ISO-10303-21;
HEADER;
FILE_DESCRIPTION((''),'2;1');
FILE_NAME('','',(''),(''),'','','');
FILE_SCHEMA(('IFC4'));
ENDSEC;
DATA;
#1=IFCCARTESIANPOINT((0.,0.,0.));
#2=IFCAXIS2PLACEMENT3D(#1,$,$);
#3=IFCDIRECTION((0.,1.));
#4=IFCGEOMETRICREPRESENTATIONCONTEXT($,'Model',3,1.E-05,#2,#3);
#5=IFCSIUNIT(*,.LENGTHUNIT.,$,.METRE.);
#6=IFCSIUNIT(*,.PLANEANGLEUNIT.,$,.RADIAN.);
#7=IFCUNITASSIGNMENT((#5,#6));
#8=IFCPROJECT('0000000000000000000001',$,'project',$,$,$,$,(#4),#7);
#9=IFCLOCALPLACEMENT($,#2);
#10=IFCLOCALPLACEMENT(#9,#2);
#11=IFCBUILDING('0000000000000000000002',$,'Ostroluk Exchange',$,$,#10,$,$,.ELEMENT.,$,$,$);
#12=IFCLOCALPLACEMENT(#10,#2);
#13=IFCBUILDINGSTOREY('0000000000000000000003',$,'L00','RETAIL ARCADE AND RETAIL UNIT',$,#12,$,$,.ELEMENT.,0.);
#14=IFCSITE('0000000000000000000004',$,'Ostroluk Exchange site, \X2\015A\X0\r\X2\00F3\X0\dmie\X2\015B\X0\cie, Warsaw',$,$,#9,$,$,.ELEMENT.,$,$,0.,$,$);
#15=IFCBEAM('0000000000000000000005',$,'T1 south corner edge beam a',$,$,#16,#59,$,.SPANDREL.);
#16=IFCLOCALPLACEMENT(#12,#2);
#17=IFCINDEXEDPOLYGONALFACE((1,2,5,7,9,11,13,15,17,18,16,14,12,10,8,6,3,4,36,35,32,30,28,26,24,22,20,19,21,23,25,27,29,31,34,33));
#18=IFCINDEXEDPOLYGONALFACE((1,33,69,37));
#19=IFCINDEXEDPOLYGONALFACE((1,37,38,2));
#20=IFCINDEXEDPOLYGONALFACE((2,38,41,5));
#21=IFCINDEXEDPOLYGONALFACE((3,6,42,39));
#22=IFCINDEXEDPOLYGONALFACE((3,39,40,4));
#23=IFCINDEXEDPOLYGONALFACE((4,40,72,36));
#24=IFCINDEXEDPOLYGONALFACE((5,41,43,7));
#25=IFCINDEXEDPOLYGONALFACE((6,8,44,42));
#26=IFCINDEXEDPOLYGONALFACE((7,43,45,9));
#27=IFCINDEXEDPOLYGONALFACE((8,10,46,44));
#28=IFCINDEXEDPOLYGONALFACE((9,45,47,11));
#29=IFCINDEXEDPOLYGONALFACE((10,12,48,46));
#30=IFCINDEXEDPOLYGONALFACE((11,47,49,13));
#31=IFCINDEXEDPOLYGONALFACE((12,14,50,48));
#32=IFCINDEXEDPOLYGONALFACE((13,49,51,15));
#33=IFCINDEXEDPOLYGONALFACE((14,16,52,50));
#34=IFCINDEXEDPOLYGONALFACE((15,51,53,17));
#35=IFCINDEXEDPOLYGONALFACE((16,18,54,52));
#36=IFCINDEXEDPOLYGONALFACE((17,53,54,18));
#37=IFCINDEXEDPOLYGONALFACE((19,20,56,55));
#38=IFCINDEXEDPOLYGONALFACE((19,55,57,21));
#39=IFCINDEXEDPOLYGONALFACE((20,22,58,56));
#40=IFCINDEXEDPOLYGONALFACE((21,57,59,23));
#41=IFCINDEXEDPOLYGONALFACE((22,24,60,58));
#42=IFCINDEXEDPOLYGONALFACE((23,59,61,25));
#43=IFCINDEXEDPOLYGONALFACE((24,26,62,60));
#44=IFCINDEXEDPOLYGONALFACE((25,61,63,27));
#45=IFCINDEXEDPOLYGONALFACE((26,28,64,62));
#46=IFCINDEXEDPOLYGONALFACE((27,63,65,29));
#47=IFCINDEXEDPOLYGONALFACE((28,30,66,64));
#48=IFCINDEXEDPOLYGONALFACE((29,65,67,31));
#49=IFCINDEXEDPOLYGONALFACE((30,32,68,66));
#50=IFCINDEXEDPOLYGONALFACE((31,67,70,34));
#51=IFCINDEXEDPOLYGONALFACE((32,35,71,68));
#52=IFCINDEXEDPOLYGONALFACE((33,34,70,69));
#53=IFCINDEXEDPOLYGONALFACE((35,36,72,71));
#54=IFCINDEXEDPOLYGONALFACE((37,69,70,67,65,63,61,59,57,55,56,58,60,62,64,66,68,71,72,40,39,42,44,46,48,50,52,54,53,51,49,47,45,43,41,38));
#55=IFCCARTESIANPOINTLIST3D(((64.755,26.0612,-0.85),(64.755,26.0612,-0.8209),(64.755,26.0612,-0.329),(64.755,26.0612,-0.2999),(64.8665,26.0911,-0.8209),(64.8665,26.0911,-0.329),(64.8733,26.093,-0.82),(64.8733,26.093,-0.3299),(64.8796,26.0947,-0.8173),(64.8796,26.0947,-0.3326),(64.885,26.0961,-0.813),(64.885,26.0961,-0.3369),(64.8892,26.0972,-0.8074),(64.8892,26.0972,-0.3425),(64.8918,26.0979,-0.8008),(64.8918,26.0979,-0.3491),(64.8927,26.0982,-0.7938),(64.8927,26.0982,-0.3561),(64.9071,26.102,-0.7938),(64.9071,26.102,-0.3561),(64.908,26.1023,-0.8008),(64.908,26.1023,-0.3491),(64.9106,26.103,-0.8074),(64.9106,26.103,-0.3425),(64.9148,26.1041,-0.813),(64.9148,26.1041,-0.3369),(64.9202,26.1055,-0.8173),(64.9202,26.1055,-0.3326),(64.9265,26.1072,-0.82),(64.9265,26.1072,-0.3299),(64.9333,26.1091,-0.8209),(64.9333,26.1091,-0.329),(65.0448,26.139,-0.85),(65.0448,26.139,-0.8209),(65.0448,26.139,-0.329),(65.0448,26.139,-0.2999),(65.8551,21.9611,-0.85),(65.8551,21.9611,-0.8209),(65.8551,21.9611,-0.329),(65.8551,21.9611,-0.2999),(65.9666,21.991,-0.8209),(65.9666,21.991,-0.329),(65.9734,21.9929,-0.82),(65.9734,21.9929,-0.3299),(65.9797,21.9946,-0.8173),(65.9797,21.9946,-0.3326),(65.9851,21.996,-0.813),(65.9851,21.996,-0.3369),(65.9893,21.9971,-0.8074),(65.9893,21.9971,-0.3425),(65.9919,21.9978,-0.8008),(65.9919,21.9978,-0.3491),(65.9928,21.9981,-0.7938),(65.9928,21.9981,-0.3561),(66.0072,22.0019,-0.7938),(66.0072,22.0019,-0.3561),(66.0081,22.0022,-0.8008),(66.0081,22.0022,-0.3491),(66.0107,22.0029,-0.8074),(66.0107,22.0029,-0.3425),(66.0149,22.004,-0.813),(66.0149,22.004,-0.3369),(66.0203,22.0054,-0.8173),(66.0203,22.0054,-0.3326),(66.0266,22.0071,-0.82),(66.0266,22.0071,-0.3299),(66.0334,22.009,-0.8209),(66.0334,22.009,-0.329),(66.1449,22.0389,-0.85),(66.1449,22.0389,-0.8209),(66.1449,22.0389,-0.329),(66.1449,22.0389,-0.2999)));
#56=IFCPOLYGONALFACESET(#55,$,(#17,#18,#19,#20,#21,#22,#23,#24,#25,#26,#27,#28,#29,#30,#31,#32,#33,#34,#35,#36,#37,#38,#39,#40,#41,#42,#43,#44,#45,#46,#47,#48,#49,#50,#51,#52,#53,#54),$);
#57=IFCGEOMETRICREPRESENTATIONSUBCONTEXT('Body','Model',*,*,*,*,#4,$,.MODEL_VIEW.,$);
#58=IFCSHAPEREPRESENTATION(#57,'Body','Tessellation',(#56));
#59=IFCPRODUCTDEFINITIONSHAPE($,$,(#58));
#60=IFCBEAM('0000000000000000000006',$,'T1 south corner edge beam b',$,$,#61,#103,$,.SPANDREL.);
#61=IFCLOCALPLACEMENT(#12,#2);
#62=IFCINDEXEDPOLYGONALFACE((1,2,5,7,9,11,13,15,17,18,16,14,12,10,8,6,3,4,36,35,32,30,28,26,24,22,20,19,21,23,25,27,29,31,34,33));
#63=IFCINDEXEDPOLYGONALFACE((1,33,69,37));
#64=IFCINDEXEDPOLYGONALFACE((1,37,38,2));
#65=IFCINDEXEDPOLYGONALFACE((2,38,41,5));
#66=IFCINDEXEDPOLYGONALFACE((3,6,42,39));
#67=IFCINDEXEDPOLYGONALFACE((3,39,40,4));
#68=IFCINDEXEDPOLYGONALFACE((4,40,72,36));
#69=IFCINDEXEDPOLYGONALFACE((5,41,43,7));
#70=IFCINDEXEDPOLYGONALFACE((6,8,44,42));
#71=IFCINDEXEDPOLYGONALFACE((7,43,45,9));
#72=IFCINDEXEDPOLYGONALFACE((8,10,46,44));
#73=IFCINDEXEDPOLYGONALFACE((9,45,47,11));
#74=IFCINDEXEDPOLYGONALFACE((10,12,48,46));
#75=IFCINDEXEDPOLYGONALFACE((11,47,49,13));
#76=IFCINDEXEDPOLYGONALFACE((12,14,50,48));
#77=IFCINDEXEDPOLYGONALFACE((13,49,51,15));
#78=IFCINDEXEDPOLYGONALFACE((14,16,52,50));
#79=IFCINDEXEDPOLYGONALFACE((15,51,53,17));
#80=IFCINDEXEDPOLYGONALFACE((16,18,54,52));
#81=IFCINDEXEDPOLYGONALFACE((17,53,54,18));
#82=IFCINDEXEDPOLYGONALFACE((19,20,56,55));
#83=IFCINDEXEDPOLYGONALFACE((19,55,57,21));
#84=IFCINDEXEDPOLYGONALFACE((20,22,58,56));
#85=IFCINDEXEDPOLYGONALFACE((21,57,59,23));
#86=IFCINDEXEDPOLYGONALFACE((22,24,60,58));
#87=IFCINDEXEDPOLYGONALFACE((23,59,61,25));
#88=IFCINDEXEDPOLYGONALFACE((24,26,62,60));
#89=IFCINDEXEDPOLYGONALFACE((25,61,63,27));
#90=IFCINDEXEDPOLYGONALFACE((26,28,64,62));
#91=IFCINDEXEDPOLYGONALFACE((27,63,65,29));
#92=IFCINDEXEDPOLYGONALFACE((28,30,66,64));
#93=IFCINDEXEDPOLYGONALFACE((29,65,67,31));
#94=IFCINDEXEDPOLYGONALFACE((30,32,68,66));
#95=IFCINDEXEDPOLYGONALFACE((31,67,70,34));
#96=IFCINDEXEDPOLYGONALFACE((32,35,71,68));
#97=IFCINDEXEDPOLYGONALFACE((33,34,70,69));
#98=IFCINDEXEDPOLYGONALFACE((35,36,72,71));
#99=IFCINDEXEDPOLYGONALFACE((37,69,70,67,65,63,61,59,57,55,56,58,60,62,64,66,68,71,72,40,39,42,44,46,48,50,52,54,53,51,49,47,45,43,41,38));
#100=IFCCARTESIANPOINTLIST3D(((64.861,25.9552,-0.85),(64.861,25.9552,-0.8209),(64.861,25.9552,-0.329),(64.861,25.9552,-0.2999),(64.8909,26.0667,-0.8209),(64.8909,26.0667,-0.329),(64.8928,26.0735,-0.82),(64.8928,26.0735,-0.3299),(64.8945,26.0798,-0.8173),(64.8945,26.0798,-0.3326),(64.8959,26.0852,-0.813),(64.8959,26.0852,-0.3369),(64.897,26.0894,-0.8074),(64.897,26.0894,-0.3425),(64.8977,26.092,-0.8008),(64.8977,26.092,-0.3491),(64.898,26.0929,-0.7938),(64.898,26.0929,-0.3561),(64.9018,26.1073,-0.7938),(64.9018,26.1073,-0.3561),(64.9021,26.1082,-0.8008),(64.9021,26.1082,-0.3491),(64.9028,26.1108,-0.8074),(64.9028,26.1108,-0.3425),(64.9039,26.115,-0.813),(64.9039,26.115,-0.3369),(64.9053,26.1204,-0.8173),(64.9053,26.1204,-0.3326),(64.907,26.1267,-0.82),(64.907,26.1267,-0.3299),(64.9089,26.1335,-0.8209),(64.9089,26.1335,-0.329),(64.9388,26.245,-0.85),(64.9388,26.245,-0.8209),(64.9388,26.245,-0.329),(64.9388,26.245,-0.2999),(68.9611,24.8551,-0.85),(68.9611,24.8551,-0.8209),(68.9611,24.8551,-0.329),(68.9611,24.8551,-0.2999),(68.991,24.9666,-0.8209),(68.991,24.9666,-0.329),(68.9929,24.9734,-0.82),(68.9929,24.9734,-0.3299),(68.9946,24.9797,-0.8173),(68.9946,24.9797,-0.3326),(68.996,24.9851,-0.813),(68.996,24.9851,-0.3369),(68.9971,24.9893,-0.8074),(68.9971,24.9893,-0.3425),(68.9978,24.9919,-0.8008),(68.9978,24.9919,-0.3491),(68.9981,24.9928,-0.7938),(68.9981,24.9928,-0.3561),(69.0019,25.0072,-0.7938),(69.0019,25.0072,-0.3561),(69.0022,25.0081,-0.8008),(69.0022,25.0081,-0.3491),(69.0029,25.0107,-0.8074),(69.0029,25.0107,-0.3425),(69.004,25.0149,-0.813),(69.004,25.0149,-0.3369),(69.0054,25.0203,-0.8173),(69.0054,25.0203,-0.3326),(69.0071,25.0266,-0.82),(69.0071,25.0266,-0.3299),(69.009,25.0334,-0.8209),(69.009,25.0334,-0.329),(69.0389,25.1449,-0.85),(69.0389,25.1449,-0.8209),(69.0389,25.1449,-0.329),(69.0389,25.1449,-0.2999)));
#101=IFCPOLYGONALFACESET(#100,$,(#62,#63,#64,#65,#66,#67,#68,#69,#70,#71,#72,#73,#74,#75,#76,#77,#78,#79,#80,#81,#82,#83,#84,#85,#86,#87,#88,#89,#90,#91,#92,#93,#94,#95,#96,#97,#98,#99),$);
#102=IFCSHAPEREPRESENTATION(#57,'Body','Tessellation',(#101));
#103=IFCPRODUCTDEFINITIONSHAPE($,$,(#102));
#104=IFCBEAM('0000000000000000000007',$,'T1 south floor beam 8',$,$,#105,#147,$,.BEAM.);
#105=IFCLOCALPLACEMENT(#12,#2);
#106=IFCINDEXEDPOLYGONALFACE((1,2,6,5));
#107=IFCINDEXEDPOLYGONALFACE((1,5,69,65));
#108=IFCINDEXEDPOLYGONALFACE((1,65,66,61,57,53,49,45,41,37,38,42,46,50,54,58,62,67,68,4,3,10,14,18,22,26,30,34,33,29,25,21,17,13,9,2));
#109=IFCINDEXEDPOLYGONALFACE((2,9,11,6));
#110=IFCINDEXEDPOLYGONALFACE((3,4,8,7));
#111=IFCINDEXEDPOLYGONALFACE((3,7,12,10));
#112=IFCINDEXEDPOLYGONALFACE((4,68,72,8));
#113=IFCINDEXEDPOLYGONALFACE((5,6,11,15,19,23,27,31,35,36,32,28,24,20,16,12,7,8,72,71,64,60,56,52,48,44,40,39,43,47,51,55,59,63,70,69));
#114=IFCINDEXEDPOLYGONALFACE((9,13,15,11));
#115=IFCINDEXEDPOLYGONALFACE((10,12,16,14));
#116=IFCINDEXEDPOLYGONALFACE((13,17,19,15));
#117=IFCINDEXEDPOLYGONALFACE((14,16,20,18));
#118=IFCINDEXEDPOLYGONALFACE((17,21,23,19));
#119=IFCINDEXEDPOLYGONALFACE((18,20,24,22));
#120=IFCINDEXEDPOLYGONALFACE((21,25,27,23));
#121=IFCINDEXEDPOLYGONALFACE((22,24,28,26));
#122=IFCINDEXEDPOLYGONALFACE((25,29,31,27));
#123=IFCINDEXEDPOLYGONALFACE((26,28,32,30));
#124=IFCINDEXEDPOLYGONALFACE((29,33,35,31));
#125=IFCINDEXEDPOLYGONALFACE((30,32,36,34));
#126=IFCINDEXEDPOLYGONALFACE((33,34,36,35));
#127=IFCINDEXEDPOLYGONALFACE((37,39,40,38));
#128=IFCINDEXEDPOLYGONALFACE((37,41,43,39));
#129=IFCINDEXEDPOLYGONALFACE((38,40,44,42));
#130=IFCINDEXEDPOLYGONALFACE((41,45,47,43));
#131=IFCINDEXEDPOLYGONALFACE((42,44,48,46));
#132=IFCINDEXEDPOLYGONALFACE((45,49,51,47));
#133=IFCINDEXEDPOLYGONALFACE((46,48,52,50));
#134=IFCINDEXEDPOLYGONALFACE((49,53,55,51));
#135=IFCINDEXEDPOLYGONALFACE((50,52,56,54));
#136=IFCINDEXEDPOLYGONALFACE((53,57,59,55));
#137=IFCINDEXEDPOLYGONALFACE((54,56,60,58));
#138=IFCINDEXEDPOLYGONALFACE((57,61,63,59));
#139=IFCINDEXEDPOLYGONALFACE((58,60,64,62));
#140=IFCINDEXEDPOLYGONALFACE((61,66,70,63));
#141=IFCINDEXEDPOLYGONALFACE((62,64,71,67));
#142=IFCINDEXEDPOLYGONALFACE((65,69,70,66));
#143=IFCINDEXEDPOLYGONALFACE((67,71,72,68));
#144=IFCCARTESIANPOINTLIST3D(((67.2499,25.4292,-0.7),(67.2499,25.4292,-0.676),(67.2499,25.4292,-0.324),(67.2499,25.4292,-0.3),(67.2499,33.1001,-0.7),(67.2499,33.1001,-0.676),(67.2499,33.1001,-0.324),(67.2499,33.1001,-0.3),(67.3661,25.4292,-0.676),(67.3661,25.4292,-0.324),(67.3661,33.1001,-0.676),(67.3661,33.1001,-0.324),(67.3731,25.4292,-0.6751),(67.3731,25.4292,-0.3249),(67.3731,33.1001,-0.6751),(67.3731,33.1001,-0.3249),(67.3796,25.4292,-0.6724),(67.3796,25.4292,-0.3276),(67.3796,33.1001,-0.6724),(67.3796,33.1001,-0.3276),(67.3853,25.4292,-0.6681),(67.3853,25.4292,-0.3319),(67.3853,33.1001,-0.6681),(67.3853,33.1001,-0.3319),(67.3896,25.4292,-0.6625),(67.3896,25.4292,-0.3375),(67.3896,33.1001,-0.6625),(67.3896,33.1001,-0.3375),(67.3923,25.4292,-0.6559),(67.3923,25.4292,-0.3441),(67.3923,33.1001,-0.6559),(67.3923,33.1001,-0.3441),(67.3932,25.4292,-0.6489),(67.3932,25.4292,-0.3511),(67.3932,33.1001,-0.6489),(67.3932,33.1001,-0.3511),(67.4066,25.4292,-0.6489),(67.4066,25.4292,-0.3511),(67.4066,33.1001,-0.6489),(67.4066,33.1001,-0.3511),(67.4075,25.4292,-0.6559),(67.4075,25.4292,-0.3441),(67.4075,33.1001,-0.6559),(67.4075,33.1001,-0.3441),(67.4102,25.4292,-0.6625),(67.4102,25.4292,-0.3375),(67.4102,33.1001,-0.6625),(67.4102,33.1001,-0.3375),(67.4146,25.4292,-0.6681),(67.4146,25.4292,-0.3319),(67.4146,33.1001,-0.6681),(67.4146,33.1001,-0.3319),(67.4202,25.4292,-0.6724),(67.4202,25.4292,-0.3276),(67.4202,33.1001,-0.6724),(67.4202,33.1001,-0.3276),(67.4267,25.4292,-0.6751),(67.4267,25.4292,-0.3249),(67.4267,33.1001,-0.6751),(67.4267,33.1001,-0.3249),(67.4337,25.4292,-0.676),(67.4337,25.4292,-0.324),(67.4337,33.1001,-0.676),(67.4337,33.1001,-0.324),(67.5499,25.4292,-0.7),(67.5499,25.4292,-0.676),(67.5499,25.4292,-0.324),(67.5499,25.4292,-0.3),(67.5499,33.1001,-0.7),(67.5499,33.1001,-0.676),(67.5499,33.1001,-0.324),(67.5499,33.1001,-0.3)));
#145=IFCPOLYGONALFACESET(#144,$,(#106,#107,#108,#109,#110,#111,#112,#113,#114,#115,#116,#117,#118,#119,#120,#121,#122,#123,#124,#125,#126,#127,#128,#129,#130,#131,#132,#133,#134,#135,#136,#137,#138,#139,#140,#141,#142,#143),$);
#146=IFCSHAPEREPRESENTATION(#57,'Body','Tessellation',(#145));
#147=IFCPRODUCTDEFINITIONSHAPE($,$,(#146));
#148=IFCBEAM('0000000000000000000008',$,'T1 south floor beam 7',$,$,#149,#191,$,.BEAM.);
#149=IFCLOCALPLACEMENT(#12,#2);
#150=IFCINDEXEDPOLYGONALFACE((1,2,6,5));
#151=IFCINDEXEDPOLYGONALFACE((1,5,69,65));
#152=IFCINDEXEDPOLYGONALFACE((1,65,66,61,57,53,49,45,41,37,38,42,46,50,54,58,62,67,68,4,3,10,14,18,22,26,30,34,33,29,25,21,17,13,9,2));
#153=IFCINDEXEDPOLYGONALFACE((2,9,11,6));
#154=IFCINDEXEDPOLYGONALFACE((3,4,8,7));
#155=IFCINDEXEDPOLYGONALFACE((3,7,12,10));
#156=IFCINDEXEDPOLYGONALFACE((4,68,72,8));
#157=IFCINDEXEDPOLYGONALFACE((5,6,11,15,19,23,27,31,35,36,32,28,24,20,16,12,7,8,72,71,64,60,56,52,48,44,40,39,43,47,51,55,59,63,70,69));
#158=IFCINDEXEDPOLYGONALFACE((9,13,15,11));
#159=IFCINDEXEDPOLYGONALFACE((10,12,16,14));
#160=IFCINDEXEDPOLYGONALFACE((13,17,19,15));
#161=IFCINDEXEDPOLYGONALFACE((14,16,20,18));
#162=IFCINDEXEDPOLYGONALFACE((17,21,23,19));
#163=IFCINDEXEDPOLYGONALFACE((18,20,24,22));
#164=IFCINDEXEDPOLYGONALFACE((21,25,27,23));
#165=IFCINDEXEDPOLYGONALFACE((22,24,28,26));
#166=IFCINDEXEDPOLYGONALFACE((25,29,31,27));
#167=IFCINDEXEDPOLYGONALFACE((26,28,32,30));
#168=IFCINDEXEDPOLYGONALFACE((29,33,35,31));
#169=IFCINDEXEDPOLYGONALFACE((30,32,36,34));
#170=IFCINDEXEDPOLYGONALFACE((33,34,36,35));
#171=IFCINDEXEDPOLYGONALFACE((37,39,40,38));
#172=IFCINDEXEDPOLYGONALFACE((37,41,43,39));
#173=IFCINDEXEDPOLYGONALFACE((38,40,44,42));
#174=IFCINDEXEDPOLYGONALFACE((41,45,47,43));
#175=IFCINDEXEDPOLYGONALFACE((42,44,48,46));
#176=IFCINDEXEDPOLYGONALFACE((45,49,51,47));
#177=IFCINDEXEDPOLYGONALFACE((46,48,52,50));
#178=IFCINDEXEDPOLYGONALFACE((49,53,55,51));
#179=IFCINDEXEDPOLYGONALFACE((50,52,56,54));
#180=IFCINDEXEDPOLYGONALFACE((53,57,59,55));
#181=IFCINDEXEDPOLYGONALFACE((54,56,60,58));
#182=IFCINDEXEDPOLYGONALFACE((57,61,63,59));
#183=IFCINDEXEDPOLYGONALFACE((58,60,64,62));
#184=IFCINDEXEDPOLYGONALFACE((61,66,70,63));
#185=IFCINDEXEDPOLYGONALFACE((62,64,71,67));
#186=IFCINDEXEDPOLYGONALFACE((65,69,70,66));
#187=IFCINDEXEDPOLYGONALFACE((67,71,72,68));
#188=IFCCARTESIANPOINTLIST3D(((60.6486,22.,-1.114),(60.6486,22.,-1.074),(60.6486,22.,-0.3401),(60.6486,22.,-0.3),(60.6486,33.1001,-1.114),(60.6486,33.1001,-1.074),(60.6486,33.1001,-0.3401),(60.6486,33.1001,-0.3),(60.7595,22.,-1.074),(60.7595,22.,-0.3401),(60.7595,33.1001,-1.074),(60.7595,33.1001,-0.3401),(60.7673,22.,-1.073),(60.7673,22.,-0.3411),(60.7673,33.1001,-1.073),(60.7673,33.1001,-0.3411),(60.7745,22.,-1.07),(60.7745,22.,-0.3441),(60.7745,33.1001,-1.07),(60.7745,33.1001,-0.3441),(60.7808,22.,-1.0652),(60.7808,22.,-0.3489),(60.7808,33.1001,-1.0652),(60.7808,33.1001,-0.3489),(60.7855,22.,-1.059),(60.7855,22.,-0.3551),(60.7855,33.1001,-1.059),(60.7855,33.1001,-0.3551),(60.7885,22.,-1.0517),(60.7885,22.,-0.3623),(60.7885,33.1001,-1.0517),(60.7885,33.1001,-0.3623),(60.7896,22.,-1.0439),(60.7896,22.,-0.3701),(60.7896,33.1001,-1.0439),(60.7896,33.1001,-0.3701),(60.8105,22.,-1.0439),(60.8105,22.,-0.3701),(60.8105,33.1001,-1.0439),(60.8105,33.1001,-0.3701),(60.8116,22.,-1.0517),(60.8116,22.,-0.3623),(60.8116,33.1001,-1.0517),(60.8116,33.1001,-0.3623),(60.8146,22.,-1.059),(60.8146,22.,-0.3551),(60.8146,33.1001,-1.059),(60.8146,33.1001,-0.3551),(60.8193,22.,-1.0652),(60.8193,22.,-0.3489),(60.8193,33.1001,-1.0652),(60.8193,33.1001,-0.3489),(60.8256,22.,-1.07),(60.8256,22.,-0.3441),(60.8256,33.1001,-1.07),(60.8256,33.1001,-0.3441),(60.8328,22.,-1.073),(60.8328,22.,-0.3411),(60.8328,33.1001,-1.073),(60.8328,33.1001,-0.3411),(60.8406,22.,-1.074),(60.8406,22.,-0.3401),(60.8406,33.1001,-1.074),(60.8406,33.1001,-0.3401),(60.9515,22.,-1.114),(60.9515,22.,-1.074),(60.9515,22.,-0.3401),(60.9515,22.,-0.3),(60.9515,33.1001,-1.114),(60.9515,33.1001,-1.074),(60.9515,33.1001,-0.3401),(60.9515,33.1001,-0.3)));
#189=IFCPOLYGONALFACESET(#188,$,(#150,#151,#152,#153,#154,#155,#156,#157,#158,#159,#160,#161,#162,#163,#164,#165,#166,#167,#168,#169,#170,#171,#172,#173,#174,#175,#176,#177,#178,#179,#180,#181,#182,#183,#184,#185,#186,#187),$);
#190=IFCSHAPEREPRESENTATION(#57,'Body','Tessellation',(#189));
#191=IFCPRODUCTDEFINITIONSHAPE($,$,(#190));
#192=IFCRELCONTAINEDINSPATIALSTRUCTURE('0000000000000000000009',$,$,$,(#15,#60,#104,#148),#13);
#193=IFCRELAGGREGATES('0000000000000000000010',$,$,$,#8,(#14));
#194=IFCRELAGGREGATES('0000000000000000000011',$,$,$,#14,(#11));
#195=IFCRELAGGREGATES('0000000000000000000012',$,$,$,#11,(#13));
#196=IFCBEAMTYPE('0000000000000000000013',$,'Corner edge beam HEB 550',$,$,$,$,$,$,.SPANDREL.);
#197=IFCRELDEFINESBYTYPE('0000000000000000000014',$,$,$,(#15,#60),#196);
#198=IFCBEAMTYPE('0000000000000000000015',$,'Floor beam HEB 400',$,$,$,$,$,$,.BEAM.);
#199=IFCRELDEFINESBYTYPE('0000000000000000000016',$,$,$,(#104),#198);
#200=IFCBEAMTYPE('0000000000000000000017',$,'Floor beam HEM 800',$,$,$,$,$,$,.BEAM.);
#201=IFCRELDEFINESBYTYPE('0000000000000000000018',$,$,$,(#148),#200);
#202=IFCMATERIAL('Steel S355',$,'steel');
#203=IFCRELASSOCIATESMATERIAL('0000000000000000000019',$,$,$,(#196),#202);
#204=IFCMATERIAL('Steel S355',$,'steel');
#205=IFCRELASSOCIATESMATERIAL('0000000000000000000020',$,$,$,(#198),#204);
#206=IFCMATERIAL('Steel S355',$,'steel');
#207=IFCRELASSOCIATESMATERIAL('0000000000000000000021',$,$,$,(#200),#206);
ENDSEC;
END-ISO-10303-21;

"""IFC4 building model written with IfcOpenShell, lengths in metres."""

from ifc_helpers import new_model, si_unit, direction, frame, origin, origin_2d, place, context, subcontext, project, spatial, i_section, extrude, material, material_profile, profile_set, type_object, element, save


model = new_model("IFC4")

# Units and contexts
model_context = context("Model", 3, precision=1e-05, world=origin(), true_north=direction((0.0, 1.0)))
body_context = subcontext(model_context, "Body", "Model", "MODEL_VIEW")
ifc_project = project(units=[si_unit("LENGTHUNIT", "METRE"), si_unit("PLANEANGLEUNIT", "RADIAN")], contexts=[model_context])

# Site, building, storey
site_placement = place(None, origin())
site = spatial("IfcSite", under=ifc_project, at=site_placement, Name="Ostroluk Exchange site, Śródmieście, Warsaw", CompositionType="ELEMENT", RefElevation=0.0)
building_placement = place(site_placement, origin())
building = spatial("IfcBuilding", under=site, at=building_placement, Name="Ostroluk Exchange", CompositionType="ELEMENT")
storey_placement = place(building_placement, origin())
storey = spatial("IfcBuildingStorey", under=building, at=storey_placement, Name="L00", Description="RETAIL ARCADE AND RETAIL UNIT", CompositionType="ELEMENT", Elevation=0.0)

# Beams
ifc_material_1 = material(Name="Steel S355", Category="steel")
ifc_material_profile_1 = material_profile(ifc_material_1, i_section(OverallWidth=0.3, OverallDepth=0.55, WebThickness=0.0149, FlangeThickness=0.0291, FilletRadius=0.0271, at=origin_2d()), Name="HEB 550")
ifc_profile_set_1 = profile_set([ifc_material_profile_1], Name="Steel S355")
beam_type_1 = type_object("IfcBeamType", Name="Corner edge beam HEB 550", PredefinedType="SPANDREL", material=ifc_profile_set_1)
for number, where, z_axis, x_axis, name in (
    (1, (64.8999, 26.1001, -0.575), (0.259144, -0.965839, 0.0), (0.965839, 0.259144, 0.0), "T1 south corner edge beam a"),
    (2, (64.8999, 26.1001, -0.575), (0.965839, -0.259144, 0.0), (0.259144, 0.965839, 0.0), "T1 south corner edge beam b"),
):
    element("IfcBeam", number, at=place(storey_placement, frame(where, z_axis=z_axis, x_axis=x_axis)), inside=storey, type_object=beam_type_1, Name=name, PredefinedType="SPANDREL", context=body_context, shape_type="SweptSolid", body=[
        extrude(i_section(OverallWidth=0.3, OverallDepth=0.55, WebThickness=0.0149, FlangeThickness=0.0291, FilletRadius=0.0271, at=origin_2d()), origin(), (0.0, 0.0, 1.0), 4.2451),
    ])
ifc_material_2 = material(Name="Steel S355", Category="steel")
ifc_material_profile_2 = material_profile(ifc_material_2, i_section(OverallWidth=0.3, OverallDepth=0.3999, WebThickness=0.0134, FlangeThickness=0.0239, FilletRadius=0.0271, at=origin_2d()), Name="HEB 400")
ifc_profile_set_2 = profile_set([ifc_material_profile_2], Name="Steel S355")
beam_type_2 = type_object("IfcBeamType", Name="Floor beam HEB 400", PredefinedType="BEAM", material=ifc_profile_set_2)
beam_1_placement = place(storey_placement, frame((67.3999, 33.1001, -0.5), z_axis=(0.0, -1.0, 0.0), x_axis=(1.0, 0.0, 0.0)))
element("IfcBeam", 3, at=beam_1_placement, inside=storey, type_object=beam_type_2, Name="T1 south floor beam 8", PredefinedType="BEAM", context=body_context, shape_type="SweptSolid", body=[
    extrude(i_section(OverallWidth=0.3, OverallDepth=0.3999, WebThickness=0.0134, FlangeThickness=0.0239, FilletRadius=0.0271, at=origin_2d()), origin(), (0.0, 0.0, 1.0), 7.6709),
])
ifc_material_3 = material(Name="Steel S355", Category="steel")
ifc_material_profile_3 = material_profile(ifc_material_3, i_section(OverallWidth=0.303, OverallDepth=0.814, WebThickness=0.021, FlangeThickness=0.04, FilletRadius=0.03, at=origin_2d()), Name="HEM 800")
ifc_profile_set_3 = profile_set([ifc_material_profile_3], Name="Steel S355")
beam_type_3 = type_object("IfcBeamType", Name="Floor beam HEM 800", PredefinedType="BEAM", material=ifc_profile_set_3)
beam_2_placement = place(storey_placement, frame((60.8, 33.1001, -0.707), z_axis=(0.0, -1.0, 0.0), x_axis=(1.0, 0.0, 0.0)))
element("IfcBeam", 4, at=beam_2_placement, inside=storey, type_object=beam_type_3, Name="T1 south floor beam 7", PredefinedType="BEAM", context=body_context, shape_type="SweptSolid", body=[
    extrude(i_section(OverallWidth=0.303, OverallDepth=0.814, WebThickness=0.021, FlangeThickness=0.04, FilletRadius=0.03, at=origin_2d()), origin(), (0.0, 0.0, 1.0), 11.1001),
])

save(model, "model.ifc")
